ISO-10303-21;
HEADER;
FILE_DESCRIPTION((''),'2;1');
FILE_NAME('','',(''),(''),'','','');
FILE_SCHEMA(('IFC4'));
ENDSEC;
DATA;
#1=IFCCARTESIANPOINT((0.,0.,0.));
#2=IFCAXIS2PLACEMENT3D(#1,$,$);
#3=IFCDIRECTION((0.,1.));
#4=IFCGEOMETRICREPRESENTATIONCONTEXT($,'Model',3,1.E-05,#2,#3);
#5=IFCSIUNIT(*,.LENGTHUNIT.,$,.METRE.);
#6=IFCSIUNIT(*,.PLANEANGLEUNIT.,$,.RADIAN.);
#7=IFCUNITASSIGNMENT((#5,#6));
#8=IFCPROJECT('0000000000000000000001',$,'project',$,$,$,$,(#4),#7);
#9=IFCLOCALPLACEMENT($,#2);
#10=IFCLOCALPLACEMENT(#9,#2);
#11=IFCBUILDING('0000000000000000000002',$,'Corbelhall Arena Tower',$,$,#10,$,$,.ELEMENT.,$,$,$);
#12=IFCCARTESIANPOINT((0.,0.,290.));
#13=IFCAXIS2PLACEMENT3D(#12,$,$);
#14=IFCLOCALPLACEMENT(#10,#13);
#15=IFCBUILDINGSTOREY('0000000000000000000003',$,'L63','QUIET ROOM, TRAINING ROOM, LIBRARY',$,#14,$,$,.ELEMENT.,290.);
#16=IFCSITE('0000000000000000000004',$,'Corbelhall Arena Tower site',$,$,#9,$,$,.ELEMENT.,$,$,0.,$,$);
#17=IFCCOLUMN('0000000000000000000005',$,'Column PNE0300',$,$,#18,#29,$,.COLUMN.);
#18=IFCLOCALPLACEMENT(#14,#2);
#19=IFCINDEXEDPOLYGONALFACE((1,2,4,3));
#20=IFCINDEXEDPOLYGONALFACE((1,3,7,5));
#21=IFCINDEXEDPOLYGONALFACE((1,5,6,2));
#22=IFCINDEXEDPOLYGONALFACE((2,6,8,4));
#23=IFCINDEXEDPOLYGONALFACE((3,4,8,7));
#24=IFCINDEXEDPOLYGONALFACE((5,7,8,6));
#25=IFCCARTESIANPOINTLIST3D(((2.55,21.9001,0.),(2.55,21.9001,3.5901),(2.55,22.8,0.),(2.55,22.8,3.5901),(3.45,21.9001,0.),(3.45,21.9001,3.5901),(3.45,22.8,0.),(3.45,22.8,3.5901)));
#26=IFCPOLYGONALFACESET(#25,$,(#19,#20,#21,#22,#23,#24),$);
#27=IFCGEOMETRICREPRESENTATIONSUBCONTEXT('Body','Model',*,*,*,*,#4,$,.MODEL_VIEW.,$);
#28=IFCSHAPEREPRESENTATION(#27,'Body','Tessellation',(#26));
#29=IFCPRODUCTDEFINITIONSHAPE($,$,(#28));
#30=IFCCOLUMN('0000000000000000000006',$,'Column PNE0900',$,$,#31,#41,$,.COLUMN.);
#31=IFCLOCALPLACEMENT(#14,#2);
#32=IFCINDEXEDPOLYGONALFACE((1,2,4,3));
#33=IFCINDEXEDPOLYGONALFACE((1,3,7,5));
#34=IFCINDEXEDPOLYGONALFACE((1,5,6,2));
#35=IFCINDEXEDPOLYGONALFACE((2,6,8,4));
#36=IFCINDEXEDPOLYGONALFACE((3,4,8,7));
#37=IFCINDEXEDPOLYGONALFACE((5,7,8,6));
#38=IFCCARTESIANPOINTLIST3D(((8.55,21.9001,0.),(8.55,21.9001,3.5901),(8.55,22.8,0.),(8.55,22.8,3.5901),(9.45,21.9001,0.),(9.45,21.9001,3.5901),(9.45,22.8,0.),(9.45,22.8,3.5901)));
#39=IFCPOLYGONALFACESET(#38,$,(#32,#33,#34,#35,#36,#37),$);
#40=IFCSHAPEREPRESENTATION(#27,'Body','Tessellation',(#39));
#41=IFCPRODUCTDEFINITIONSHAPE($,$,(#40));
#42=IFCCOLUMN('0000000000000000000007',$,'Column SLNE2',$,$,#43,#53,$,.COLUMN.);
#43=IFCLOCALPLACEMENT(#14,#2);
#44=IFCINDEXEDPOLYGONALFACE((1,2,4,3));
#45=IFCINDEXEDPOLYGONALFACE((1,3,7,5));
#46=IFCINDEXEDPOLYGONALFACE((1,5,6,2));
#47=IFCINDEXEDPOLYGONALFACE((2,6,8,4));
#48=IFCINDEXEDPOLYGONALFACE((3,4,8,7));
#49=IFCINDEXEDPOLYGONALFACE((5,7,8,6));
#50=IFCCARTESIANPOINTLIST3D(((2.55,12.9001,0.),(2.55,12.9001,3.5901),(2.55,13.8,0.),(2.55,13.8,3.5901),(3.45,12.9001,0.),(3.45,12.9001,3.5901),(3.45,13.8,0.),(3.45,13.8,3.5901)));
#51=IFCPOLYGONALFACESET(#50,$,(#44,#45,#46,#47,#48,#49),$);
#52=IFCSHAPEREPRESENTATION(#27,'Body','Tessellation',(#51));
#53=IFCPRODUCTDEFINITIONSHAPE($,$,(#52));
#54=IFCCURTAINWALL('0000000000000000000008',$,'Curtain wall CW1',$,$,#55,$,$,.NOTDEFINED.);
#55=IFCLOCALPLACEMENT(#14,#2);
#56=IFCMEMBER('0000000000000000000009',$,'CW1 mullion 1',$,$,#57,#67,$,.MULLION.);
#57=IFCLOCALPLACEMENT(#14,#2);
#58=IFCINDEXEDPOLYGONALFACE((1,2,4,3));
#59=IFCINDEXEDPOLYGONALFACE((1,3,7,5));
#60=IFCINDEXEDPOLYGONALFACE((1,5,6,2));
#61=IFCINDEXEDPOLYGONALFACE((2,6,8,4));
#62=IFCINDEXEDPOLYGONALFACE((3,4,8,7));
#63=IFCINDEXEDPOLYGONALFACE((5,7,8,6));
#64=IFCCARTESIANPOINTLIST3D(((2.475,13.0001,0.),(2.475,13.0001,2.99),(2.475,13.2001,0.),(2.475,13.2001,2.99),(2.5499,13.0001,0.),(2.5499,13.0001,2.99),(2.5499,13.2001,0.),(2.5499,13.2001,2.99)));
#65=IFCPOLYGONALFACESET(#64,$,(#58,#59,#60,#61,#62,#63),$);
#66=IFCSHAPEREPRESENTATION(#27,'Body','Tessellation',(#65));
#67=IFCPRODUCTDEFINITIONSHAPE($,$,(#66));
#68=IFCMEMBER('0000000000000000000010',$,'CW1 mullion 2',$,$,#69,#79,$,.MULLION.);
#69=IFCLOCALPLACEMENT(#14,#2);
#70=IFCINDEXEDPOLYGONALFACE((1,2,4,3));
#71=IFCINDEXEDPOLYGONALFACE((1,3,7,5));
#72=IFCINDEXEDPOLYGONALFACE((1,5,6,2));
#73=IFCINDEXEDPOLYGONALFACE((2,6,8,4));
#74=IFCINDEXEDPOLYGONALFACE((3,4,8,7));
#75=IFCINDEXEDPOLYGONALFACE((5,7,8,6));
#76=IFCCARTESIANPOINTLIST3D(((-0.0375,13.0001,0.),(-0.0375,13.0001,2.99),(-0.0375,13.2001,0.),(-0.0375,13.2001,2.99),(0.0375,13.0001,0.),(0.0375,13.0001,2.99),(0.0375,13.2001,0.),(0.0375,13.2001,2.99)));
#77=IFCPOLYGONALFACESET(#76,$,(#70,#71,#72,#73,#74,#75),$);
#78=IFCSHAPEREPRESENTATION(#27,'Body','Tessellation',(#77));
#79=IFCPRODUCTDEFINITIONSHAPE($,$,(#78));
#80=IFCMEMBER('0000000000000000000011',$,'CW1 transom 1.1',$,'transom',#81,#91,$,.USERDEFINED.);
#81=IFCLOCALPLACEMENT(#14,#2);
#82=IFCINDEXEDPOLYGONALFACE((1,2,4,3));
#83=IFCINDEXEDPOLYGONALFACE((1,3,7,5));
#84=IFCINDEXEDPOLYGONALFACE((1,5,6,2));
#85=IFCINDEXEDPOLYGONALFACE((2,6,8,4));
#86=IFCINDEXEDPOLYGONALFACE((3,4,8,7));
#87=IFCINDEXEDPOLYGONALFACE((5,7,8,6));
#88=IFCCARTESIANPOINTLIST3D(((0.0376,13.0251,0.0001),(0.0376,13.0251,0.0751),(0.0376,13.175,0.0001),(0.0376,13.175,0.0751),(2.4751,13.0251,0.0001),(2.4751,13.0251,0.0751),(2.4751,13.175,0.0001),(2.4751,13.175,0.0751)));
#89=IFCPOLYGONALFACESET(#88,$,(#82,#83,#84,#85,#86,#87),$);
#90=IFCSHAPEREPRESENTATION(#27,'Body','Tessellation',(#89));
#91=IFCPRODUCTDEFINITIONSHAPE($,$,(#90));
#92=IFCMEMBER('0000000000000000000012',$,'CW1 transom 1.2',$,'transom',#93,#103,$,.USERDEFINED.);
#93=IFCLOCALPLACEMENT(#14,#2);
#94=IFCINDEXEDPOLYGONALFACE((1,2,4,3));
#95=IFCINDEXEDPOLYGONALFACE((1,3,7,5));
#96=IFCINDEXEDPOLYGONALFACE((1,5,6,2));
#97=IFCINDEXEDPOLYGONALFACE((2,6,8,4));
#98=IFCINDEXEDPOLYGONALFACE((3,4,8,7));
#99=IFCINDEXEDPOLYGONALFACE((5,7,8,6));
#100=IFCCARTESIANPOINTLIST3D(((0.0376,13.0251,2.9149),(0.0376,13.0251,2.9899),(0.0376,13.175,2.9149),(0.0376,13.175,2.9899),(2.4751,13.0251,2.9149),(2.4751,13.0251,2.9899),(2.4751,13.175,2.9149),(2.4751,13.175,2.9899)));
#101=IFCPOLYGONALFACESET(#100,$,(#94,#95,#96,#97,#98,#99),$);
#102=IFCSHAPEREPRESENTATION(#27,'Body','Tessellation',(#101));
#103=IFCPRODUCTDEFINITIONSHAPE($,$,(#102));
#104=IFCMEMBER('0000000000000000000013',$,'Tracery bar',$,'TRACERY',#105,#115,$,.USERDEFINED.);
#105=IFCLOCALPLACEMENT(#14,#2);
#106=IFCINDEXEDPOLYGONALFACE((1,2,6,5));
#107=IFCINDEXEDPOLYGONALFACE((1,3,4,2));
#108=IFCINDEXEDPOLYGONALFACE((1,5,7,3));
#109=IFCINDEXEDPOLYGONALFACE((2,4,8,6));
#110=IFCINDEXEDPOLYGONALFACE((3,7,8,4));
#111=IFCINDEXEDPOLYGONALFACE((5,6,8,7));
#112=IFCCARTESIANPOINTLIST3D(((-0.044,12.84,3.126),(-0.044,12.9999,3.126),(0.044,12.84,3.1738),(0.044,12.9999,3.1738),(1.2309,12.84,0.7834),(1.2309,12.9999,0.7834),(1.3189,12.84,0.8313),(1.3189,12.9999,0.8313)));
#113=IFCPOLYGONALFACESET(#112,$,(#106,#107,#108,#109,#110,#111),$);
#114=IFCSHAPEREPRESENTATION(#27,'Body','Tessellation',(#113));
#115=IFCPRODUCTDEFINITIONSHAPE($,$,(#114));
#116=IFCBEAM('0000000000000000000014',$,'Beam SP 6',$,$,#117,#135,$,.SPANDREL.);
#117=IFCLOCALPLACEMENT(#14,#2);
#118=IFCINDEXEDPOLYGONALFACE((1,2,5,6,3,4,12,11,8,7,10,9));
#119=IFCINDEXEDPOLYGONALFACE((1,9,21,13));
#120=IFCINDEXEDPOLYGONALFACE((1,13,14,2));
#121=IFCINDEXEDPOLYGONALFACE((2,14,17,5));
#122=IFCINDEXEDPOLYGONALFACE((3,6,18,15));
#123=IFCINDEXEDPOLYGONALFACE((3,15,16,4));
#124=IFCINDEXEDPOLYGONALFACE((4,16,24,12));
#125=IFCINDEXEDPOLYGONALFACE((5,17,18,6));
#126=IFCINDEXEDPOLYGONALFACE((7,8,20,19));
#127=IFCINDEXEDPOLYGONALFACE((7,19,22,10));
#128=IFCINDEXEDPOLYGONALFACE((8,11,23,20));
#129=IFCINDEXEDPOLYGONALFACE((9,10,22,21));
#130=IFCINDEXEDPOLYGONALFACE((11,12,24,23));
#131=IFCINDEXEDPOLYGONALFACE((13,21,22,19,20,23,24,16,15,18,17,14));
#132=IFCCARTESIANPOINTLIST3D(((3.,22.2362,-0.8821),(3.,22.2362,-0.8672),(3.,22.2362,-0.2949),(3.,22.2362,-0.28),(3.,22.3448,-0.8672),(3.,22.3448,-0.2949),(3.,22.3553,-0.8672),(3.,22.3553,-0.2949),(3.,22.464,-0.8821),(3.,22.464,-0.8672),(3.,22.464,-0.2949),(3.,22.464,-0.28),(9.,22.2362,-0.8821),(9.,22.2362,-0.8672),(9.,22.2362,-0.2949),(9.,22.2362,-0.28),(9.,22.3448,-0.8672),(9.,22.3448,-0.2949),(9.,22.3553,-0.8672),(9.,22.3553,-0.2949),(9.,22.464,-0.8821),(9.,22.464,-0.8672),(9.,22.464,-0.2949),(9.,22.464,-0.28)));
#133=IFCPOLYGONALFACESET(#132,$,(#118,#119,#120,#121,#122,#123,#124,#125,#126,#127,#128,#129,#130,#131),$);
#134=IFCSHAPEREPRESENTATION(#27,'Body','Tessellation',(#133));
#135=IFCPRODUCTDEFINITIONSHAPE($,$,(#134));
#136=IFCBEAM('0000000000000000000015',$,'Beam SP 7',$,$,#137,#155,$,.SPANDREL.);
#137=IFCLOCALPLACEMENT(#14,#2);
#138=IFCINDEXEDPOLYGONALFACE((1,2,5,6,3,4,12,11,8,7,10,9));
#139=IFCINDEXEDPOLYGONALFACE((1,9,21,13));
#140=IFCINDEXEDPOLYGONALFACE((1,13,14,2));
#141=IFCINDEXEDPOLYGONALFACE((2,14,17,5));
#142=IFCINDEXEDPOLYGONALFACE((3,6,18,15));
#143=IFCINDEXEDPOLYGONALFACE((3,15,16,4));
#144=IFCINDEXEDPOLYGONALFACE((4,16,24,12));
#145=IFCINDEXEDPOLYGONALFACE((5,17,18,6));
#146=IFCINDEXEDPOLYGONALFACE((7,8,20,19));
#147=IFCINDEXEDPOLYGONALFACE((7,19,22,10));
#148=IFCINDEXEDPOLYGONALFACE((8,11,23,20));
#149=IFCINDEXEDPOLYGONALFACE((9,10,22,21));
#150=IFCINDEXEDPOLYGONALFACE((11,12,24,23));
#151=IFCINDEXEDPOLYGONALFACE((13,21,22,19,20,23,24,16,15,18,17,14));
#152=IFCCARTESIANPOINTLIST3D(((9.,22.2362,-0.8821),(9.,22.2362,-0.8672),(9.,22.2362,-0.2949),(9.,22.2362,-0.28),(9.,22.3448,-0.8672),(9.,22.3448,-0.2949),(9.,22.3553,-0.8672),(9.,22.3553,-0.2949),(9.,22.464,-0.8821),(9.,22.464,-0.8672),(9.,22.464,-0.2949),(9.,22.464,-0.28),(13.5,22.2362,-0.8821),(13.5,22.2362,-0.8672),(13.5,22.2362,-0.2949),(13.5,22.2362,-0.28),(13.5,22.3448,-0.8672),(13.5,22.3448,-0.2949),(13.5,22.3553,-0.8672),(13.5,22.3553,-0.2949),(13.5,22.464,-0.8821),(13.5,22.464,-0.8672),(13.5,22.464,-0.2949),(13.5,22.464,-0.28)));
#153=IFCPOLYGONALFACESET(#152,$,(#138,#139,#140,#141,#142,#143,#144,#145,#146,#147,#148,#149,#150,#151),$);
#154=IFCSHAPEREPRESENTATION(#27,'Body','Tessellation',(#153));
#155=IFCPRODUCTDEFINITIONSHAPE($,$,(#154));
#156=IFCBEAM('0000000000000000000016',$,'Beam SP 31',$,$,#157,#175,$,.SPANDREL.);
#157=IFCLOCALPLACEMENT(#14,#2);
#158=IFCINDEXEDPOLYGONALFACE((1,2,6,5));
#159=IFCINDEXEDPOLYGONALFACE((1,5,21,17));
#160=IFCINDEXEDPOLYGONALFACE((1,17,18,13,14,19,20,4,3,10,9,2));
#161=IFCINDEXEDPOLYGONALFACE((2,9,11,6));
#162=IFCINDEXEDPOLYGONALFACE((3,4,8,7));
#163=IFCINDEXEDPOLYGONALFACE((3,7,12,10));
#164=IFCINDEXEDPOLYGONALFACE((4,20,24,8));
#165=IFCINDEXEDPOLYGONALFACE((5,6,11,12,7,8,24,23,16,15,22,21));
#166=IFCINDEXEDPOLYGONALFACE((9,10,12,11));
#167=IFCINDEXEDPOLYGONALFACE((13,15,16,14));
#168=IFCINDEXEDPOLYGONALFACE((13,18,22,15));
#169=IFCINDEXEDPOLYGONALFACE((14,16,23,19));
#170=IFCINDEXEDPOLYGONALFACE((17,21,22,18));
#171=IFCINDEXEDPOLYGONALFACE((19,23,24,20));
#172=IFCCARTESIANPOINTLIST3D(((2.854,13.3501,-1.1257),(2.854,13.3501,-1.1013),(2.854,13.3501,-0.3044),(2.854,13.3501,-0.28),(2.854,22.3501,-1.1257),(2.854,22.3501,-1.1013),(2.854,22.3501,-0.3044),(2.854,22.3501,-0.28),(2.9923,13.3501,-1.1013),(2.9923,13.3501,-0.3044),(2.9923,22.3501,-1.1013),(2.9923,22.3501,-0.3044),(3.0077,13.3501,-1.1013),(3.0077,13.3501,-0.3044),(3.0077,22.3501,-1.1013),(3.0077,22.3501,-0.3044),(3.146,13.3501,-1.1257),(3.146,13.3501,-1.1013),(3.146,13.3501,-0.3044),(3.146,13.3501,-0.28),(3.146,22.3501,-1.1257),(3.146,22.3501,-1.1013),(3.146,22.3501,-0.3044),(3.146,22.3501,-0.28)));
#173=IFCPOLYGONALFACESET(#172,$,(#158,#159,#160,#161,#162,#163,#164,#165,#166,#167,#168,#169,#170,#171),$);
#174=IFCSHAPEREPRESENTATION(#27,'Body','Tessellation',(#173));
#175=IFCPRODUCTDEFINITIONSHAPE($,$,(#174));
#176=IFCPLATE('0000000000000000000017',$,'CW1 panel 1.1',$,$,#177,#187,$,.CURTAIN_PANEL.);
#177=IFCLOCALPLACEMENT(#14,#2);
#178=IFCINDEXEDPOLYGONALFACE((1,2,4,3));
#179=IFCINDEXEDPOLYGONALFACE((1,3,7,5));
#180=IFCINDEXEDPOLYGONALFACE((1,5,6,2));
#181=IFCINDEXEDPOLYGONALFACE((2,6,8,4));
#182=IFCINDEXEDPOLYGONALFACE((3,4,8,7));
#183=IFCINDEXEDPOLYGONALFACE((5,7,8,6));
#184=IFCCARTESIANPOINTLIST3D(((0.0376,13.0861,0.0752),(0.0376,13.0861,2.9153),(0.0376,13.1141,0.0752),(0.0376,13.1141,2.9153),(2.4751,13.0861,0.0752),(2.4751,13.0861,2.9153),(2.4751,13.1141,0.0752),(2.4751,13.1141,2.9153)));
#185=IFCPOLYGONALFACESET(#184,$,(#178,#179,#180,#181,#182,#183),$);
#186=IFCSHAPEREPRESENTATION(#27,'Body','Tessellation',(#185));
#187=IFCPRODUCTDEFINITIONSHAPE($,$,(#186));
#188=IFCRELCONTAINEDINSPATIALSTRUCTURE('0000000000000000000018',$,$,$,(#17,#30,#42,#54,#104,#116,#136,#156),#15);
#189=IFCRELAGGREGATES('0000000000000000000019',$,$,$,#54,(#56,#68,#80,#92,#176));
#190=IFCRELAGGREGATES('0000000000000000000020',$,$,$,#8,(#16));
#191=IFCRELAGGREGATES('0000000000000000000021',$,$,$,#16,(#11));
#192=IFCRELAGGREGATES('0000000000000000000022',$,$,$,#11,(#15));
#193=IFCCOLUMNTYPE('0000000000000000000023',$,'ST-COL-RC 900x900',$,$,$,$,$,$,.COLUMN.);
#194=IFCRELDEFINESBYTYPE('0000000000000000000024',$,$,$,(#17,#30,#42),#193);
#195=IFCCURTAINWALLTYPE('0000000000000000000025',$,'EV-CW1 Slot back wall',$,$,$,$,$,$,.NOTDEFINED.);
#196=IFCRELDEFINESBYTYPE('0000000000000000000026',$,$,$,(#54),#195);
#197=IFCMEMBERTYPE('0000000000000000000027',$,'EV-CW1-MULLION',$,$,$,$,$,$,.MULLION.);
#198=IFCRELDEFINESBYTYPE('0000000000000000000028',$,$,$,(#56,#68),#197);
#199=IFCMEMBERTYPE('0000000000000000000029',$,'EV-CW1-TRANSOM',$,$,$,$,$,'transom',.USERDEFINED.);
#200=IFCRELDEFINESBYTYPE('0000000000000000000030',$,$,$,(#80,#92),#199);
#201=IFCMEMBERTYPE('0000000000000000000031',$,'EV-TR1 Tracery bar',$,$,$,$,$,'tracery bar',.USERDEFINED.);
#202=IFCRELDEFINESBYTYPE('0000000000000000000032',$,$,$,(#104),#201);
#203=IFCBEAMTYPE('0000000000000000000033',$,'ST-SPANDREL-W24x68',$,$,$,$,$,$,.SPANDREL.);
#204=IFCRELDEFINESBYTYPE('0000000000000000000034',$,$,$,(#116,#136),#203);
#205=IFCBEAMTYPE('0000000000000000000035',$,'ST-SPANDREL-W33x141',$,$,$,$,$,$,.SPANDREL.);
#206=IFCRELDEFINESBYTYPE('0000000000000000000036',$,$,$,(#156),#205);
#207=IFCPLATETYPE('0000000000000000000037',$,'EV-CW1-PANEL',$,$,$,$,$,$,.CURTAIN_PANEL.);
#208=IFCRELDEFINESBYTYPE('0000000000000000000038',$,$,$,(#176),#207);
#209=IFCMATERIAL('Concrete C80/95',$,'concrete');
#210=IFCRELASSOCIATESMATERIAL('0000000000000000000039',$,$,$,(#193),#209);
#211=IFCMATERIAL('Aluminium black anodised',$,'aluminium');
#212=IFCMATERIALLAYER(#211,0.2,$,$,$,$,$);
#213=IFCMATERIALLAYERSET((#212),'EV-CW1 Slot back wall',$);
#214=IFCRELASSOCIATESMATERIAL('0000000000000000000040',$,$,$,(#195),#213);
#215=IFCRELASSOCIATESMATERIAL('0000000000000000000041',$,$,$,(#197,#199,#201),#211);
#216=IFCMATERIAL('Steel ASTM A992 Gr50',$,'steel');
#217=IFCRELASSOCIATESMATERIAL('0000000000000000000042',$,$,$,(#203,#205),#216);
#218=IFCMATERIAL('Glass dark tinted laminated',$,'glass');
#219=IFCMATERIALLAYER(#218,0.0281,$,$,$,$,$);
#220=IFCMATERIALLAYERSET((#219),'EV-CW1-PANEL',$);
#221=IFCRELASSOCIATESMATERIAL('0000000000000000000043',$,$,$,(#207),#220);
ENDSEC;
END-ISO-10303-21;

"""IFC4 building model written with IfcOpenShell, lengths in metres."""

from ifc_helpers import new_model, si_unit, direction, frame, origin, origin_2d, place, context, subcontext, project, spatial, rectangle, i_section, extrude, material, layer, layer_set, material_profile, profile_set, type_object, element, aggregate, save


model = new_model("IFC4")

# Units and contexts
model_context = context("Model", 3, precision=1e-05, world=origin(), true_north=direction((0.0, 1.0)))
body_context = subcontext(model_context, "Body", "Model", "MODEL_VIEW")
ifc_project = project(units=[si_unit("LENGTHUNIT", "METRE"), si_unit("PLANEANGLEUNIT", "RADIAN")], contexts=[model_context])

# Site, building, storey
site_placement = place(None, origin())
site = spatial("IfcSite", under=ifc_project, at=site_placement, Name="Corbelhall Arena Tower site", CompositionType="ELEMENT", RefElevation=0.0)
building_placement = place(site_placement, origin())
building = spatial("IfcBuilding", under=site, at=building_placement, Name="Corbelhall Arena Tower", CompositionType="ELEMENT")
storey_placement = place(building_placement, frame((0.0, 0.0, 290.0)))
storey = spatial("IfcBuildingStorey", under=building, at=storey_placement, Name="L63", Description="QUIET ROOM, TRAINING ROOM, LIBRARY", CompositionType="ELEMENT", Elevation=290.0)

# Columns
ifc_material_1 = material(Name="Concrete C80/95", Category="concrete")
ifc_material_profile_1 = material_profile(ifc_material_1, rectangle(XDim=0.8999, YDim=0.8999, at=origin_2d()))
ifc_profile_set_1 = profile_set([ifc_material_profile_1], Name="Concrete C80/95")
column_type = type_object("IfcColumnType", Name="ST-COL-RC 900x900", PredefinedType="COLUMN", material=ifc_profile_set_1)
for number, where, z_axis, x_axis, name in (
    (1, (3.0, 22.3501, 0.0), (0.0, 0.0, 1.0), (1.0, 0.0, 0.0), "Column PNE0300"),
    (2, (9.0, 22.3501, 0.0), (0.0, 0.0, 1.0), (1.0, 0.0, 0.0), "Column PNE0900"),
    (3, (3.0, 13.3501, 0.0), (0.0, 0.0, 1.0), (1.0, 0.0, 0.0), "Column SLNE2"),
):
    element("IfcColumn", number, at=place(storey_placement, frame(where, z_axis=z_axis, x_axis=x_axis)), inside=storey, type_object=column_type, Name=name, PredefinedType="COLUMN", context=body_context, shape_type="SweptSolid", body=[
        extrude(rectangle(XDim=0.8999, YDim=0.8999, at=origin_2d()), origin(), (0.0, 0.0, 1.0), 3.5901),
    ])

# Curtain wall, members
ifc_material_2 = material(Name="Aluminium black anodised", Category="aluminium")
ifc_layer_1 = layer(ifc_material_2, 0.2)
ifc_layer_set_1 = layer_set([ifc_layer_1], Name="EV-CW1 Slot back wall")
curtain_wall_type = type_object("IfcCurtainWallType", Name="EV-CW1 Slot back wall", PredefinedType="NOTDEFINED", material=ifc_layer_set_1)
curtain_wall_placement = place(storey_placement, origin())
curtain_wall = element("IfcCurtainWall", 4, at=curtain_wall_placement, inside=storey, type_object=curtain_wall_type, Name="Curtain wall CW1", PredefinedType="NOTDEFINED")
ifc_material_profile_2 = material_profile(ifc_material_2, rectangle(XDim=0.2, YDim=0.075, at=origin_2d()))
ifc_profile_set_2 = profile_set([ifc_material_profile_2], Name="Aluminium black anodised")
member_type_1 = type_object("IfcMemberType", Name="EV-CW1-MULLION", PredefinedType="MULLION", material=ifc_profile_set_2)
member_1_placement = place(storey_placement, frame((2.5125, 13.1001, 0.0), z_axis=(0.0, 0.0, 1.0), x_axis=(0.0, -1.0, 0.0)))
member_1 = element("IfcMember", 5, at=member_1_placement, type_object=member_type_1, Name="CW1 mullion 1", PredefinedType="MULLION", context=body_context, shape_type="SweptSolid", body=[
    extrude(rectangle(XDim=0.2, YDim=0.075, at=origin_2d()), origin(), (0.0, 0.0, 1.0), 2.99),
])
member_2_placement = place(storey_placement, frame((0.0, 13.1001, 0.0), z_axis=(0.0, 0.0, 1.0), x_axis=(0.0, -1.0, 0.0)))
member_2 = element("IfcMember", 6, at=member_2_placement, type_object=member_type_1, Name="CW1 mullion 2", PredefinedType="MULLION", context=body_context, shape_type="SweptSolid", body=[
    extrude(rectangle(XDim=0.2, YDim=0.075, at=origin_2d()), origin(), (0.0, 0.0, 1.0), 2.99),
])
ifc_material_profile_3 = material_profile(ifc_material_2, rectangle(XDim=0.1499, YDim=0.075, at=origin_2d()))
ifc_profile_set_3 = profile_set([ifc_material_profile_3], Name="Aluminium black anodised")
member_type_2 = type_object("IfcMemberType", Name="EV-CW1-TRANSOM", ElementType="transom", PredefinedType="USERDEFINED", material=ifc_profile_set_3)
member_3_placement = place(storey_placement, frame((2.4751, 13.1001, 0.0376), z_axis=(-1.0, 0.0, 0.0), x_axis=(0.0, -1.0, 0.0)))
member_3 = element("IfcMember", 7, at=member_3_placement, type_object=member_type_2, Name="CW1 transom 1.1", ObjectType="transom", PredefinedType="USERDEFINED", context=body_context, shape_type="SweptSolid", body=[
    extrude(rectangle(XDim=0.1499, YDim=0.075, at=origin_2d()), origin(), (0.0, 0.0, 1.0), 2.4375),
])
member_4_placement = place(storey_placement, frame((2.4751, 13.1001, 2.9524), z_axis=(-1.0, 0.0, 0.0), x_axis=(0.0, -1.0, 0.0)))
member_4 = element("IfcMember", 8, at=member_4_placement, type_object=member_type_2, Name="CW1 transom 1.2", ObjectType="transom", PredefinedType="USERDEFINED", context=body_context, shape_type="SweptSolid", body=[
    extrude(rectangle(XDim=0.1499, YDim=0.075, at=origin_2d()), origin(), (0.0, 0.0, 1.0), 2.4375),
])

# Member
ifc_material_profile_4 = material_profile(ifc_material_2, rectangle(XDim=0.1599, YDim=0.1001, at=origin_2d()))
ifc_profile_set_4 = profile_set([ifc_material_profile_4], Name="Aluminium black anodised")
member_type_3 = type_object("IfcMemberType", Name="EV-TR1 Tracery bar", ElementType="tracery bar", PredefinedType="USERDEFINED", material=ifc_profile_set_4)
member_5_placement = place(storey_placement, frame((1.2749, 12.9199, 0.8074), z_axis=(-0.478031, 0.0, 0.878343), x_axis=(0.0, -1.0, 0.0)))
element("IfcMember", 9, at=member_5_placement, inside=storey, type_object=member_type_3, Name="Tracery bar", ObjectType="TRACERY", PredefinedType="USERDEFINED", context=body_context, shape_type="SweptSolid", body=[
    extrude(rectangle(XDim=0.1599, YDim=0.1001, at=origin_2d()), origin(), (0.0, 0.0, 1.0), 2.667),
])

# Beams
ifc_material_3 = material(Name="Steel ASTM A992 Gr50", Category="steel")
ifc_material_profile_5 = material_profile(ifc_material_3, i_section(OverallWidth=0.2278, OverallDepth=0.6021, WebThickness=0.0105, FlangeThickness=0.0149, at=origin_2d()))
ifc_profile_set_5 = profile_set([ifc_material_profile_5], Name="Steel ASTM A992 Gr50")
beam_type_1 = type_object("IfcBeamType", Name="ST-SPANDREL-W24x68", PredefinedType="SPANDREL", material=ifc_profile_set_5)
beam_1_placement = place(storey_placement, frame((3.0, 22.3501, -0.5811), z_axis=(1.0, 0.0, 0.0), x_axis=(0.0, 1.0, 0.0)))
element("IfcBeam", 10, at=beam_1_placement, inside=storey, type_object=beam_type_1, Name="Beam SP 6", PredefinedType="SPANDREL", context=body_context, shape_type="SweptSolid", body=[
    extrude(i_section(OverallWidth=0.2278, OverallDepth=0.6021, WebThickness=0.0105, FlangeThickness=0.0149, at=origin_2d()), origin(), (0.0, 0.0, 1.0), 6.0),
])
beam_2_placement = place(storey_placement, frame((9.0, 22.3501, -0.5811), z_axis=(1.0, 0.0, 0.0), x_axis=(0.0, 1.0, 0.0)))
element("IfcBeam", 11, at=beam_2_placement, inside=storey, type_object=beam_type_1, Name="Beam SP 7", PredefinedType="SPANDREL", context=body_context, shape_type="SweptSolid", body=[
    extrude(i_section(OverallWidth=0.2278, OverallDepth=0.6021, WebThickness=0.0105, FlangeThickness=0.0149, at=origin_2d()), origin(), (0.0, 0.0, 1.0), 4.5),
])
ifc_material_profile_6 = material_profile(ifc_material_3, i_section(OverallWidth=0.292, OverallDepth=0.8457, WebThickness=0.0154, FlangeThickness=0.0244, at=origin_2d()))
ifc_profile_set_6 = profile_set([ifc_material_profile_6], Name="Steel ASTM A992 Gr50")
beam_type_2 = type_object("IfcBeamType", Name="ST-SPANDREL-W33x141", PredefinedType="SPANDREL", material=ifc_profile_set_6)
beam_3_placement = place(storey_placement, frame((3.0, 13.3501, -0.7029), z_axis=(0.0, 1.0, 0.0), x_axis=(-1.0, 0.0, 0.0)))
element("IfcBeam", 12, at=beam_3_placement, inside=storey, type_object=beam_type_2, Name="Beam SP 31", PredefinedType="SPANDREL", context=body_context, shape_type="SweptSolid", body=[
    extrude(i_section(OverallWidth=0.292, OverallDepth=0.8457, WebThickness=0.0154, FlangeThickness=0.0244, at=origin_2d()), origin(), (0.0, 0.0, 1.0), 9.0),
])

# Plate
ifc_material_4 = material(Name="Glass dark tinted laminated", Category="glass")
ifc_layer_2 = layer(ifc_material_4, 0.0281)
ifc_layer_set_2 = layer_set([ifc_layer_2], Name="EV-CW1-PANEL")
plate_type = type_object("IfcPlateType", Name="EV-CW1-PANEL", PredefinedType="CURTAIN_PANEL", material=ifc_layer_set_2)
plate_placement = place(storey_placement, frame((1.2563, 13.1001, 0.0752), z_axis=(0.0, 0.0, 1.0), x_axis=(-1.0, 0.0, 0.0)))
plate = element("IfcPlate", 13, at=plate_placement, type_object=plate_type, Name="CW1 panel 1.1", PredefinedType="CURTAIN_PANEL", context=body_context, shape_type="SweptSolid", body=[
    extrude(rectangle(XDim=2.4375, YDim=0.0281, at=origin_2d()), origin(), (0.0, 0.0, 1.0), 2.8401),
])
aggregate(curtain_wall, [member_1, member_2, member_3, member_4, plate])

save(model, "model.ifc")
